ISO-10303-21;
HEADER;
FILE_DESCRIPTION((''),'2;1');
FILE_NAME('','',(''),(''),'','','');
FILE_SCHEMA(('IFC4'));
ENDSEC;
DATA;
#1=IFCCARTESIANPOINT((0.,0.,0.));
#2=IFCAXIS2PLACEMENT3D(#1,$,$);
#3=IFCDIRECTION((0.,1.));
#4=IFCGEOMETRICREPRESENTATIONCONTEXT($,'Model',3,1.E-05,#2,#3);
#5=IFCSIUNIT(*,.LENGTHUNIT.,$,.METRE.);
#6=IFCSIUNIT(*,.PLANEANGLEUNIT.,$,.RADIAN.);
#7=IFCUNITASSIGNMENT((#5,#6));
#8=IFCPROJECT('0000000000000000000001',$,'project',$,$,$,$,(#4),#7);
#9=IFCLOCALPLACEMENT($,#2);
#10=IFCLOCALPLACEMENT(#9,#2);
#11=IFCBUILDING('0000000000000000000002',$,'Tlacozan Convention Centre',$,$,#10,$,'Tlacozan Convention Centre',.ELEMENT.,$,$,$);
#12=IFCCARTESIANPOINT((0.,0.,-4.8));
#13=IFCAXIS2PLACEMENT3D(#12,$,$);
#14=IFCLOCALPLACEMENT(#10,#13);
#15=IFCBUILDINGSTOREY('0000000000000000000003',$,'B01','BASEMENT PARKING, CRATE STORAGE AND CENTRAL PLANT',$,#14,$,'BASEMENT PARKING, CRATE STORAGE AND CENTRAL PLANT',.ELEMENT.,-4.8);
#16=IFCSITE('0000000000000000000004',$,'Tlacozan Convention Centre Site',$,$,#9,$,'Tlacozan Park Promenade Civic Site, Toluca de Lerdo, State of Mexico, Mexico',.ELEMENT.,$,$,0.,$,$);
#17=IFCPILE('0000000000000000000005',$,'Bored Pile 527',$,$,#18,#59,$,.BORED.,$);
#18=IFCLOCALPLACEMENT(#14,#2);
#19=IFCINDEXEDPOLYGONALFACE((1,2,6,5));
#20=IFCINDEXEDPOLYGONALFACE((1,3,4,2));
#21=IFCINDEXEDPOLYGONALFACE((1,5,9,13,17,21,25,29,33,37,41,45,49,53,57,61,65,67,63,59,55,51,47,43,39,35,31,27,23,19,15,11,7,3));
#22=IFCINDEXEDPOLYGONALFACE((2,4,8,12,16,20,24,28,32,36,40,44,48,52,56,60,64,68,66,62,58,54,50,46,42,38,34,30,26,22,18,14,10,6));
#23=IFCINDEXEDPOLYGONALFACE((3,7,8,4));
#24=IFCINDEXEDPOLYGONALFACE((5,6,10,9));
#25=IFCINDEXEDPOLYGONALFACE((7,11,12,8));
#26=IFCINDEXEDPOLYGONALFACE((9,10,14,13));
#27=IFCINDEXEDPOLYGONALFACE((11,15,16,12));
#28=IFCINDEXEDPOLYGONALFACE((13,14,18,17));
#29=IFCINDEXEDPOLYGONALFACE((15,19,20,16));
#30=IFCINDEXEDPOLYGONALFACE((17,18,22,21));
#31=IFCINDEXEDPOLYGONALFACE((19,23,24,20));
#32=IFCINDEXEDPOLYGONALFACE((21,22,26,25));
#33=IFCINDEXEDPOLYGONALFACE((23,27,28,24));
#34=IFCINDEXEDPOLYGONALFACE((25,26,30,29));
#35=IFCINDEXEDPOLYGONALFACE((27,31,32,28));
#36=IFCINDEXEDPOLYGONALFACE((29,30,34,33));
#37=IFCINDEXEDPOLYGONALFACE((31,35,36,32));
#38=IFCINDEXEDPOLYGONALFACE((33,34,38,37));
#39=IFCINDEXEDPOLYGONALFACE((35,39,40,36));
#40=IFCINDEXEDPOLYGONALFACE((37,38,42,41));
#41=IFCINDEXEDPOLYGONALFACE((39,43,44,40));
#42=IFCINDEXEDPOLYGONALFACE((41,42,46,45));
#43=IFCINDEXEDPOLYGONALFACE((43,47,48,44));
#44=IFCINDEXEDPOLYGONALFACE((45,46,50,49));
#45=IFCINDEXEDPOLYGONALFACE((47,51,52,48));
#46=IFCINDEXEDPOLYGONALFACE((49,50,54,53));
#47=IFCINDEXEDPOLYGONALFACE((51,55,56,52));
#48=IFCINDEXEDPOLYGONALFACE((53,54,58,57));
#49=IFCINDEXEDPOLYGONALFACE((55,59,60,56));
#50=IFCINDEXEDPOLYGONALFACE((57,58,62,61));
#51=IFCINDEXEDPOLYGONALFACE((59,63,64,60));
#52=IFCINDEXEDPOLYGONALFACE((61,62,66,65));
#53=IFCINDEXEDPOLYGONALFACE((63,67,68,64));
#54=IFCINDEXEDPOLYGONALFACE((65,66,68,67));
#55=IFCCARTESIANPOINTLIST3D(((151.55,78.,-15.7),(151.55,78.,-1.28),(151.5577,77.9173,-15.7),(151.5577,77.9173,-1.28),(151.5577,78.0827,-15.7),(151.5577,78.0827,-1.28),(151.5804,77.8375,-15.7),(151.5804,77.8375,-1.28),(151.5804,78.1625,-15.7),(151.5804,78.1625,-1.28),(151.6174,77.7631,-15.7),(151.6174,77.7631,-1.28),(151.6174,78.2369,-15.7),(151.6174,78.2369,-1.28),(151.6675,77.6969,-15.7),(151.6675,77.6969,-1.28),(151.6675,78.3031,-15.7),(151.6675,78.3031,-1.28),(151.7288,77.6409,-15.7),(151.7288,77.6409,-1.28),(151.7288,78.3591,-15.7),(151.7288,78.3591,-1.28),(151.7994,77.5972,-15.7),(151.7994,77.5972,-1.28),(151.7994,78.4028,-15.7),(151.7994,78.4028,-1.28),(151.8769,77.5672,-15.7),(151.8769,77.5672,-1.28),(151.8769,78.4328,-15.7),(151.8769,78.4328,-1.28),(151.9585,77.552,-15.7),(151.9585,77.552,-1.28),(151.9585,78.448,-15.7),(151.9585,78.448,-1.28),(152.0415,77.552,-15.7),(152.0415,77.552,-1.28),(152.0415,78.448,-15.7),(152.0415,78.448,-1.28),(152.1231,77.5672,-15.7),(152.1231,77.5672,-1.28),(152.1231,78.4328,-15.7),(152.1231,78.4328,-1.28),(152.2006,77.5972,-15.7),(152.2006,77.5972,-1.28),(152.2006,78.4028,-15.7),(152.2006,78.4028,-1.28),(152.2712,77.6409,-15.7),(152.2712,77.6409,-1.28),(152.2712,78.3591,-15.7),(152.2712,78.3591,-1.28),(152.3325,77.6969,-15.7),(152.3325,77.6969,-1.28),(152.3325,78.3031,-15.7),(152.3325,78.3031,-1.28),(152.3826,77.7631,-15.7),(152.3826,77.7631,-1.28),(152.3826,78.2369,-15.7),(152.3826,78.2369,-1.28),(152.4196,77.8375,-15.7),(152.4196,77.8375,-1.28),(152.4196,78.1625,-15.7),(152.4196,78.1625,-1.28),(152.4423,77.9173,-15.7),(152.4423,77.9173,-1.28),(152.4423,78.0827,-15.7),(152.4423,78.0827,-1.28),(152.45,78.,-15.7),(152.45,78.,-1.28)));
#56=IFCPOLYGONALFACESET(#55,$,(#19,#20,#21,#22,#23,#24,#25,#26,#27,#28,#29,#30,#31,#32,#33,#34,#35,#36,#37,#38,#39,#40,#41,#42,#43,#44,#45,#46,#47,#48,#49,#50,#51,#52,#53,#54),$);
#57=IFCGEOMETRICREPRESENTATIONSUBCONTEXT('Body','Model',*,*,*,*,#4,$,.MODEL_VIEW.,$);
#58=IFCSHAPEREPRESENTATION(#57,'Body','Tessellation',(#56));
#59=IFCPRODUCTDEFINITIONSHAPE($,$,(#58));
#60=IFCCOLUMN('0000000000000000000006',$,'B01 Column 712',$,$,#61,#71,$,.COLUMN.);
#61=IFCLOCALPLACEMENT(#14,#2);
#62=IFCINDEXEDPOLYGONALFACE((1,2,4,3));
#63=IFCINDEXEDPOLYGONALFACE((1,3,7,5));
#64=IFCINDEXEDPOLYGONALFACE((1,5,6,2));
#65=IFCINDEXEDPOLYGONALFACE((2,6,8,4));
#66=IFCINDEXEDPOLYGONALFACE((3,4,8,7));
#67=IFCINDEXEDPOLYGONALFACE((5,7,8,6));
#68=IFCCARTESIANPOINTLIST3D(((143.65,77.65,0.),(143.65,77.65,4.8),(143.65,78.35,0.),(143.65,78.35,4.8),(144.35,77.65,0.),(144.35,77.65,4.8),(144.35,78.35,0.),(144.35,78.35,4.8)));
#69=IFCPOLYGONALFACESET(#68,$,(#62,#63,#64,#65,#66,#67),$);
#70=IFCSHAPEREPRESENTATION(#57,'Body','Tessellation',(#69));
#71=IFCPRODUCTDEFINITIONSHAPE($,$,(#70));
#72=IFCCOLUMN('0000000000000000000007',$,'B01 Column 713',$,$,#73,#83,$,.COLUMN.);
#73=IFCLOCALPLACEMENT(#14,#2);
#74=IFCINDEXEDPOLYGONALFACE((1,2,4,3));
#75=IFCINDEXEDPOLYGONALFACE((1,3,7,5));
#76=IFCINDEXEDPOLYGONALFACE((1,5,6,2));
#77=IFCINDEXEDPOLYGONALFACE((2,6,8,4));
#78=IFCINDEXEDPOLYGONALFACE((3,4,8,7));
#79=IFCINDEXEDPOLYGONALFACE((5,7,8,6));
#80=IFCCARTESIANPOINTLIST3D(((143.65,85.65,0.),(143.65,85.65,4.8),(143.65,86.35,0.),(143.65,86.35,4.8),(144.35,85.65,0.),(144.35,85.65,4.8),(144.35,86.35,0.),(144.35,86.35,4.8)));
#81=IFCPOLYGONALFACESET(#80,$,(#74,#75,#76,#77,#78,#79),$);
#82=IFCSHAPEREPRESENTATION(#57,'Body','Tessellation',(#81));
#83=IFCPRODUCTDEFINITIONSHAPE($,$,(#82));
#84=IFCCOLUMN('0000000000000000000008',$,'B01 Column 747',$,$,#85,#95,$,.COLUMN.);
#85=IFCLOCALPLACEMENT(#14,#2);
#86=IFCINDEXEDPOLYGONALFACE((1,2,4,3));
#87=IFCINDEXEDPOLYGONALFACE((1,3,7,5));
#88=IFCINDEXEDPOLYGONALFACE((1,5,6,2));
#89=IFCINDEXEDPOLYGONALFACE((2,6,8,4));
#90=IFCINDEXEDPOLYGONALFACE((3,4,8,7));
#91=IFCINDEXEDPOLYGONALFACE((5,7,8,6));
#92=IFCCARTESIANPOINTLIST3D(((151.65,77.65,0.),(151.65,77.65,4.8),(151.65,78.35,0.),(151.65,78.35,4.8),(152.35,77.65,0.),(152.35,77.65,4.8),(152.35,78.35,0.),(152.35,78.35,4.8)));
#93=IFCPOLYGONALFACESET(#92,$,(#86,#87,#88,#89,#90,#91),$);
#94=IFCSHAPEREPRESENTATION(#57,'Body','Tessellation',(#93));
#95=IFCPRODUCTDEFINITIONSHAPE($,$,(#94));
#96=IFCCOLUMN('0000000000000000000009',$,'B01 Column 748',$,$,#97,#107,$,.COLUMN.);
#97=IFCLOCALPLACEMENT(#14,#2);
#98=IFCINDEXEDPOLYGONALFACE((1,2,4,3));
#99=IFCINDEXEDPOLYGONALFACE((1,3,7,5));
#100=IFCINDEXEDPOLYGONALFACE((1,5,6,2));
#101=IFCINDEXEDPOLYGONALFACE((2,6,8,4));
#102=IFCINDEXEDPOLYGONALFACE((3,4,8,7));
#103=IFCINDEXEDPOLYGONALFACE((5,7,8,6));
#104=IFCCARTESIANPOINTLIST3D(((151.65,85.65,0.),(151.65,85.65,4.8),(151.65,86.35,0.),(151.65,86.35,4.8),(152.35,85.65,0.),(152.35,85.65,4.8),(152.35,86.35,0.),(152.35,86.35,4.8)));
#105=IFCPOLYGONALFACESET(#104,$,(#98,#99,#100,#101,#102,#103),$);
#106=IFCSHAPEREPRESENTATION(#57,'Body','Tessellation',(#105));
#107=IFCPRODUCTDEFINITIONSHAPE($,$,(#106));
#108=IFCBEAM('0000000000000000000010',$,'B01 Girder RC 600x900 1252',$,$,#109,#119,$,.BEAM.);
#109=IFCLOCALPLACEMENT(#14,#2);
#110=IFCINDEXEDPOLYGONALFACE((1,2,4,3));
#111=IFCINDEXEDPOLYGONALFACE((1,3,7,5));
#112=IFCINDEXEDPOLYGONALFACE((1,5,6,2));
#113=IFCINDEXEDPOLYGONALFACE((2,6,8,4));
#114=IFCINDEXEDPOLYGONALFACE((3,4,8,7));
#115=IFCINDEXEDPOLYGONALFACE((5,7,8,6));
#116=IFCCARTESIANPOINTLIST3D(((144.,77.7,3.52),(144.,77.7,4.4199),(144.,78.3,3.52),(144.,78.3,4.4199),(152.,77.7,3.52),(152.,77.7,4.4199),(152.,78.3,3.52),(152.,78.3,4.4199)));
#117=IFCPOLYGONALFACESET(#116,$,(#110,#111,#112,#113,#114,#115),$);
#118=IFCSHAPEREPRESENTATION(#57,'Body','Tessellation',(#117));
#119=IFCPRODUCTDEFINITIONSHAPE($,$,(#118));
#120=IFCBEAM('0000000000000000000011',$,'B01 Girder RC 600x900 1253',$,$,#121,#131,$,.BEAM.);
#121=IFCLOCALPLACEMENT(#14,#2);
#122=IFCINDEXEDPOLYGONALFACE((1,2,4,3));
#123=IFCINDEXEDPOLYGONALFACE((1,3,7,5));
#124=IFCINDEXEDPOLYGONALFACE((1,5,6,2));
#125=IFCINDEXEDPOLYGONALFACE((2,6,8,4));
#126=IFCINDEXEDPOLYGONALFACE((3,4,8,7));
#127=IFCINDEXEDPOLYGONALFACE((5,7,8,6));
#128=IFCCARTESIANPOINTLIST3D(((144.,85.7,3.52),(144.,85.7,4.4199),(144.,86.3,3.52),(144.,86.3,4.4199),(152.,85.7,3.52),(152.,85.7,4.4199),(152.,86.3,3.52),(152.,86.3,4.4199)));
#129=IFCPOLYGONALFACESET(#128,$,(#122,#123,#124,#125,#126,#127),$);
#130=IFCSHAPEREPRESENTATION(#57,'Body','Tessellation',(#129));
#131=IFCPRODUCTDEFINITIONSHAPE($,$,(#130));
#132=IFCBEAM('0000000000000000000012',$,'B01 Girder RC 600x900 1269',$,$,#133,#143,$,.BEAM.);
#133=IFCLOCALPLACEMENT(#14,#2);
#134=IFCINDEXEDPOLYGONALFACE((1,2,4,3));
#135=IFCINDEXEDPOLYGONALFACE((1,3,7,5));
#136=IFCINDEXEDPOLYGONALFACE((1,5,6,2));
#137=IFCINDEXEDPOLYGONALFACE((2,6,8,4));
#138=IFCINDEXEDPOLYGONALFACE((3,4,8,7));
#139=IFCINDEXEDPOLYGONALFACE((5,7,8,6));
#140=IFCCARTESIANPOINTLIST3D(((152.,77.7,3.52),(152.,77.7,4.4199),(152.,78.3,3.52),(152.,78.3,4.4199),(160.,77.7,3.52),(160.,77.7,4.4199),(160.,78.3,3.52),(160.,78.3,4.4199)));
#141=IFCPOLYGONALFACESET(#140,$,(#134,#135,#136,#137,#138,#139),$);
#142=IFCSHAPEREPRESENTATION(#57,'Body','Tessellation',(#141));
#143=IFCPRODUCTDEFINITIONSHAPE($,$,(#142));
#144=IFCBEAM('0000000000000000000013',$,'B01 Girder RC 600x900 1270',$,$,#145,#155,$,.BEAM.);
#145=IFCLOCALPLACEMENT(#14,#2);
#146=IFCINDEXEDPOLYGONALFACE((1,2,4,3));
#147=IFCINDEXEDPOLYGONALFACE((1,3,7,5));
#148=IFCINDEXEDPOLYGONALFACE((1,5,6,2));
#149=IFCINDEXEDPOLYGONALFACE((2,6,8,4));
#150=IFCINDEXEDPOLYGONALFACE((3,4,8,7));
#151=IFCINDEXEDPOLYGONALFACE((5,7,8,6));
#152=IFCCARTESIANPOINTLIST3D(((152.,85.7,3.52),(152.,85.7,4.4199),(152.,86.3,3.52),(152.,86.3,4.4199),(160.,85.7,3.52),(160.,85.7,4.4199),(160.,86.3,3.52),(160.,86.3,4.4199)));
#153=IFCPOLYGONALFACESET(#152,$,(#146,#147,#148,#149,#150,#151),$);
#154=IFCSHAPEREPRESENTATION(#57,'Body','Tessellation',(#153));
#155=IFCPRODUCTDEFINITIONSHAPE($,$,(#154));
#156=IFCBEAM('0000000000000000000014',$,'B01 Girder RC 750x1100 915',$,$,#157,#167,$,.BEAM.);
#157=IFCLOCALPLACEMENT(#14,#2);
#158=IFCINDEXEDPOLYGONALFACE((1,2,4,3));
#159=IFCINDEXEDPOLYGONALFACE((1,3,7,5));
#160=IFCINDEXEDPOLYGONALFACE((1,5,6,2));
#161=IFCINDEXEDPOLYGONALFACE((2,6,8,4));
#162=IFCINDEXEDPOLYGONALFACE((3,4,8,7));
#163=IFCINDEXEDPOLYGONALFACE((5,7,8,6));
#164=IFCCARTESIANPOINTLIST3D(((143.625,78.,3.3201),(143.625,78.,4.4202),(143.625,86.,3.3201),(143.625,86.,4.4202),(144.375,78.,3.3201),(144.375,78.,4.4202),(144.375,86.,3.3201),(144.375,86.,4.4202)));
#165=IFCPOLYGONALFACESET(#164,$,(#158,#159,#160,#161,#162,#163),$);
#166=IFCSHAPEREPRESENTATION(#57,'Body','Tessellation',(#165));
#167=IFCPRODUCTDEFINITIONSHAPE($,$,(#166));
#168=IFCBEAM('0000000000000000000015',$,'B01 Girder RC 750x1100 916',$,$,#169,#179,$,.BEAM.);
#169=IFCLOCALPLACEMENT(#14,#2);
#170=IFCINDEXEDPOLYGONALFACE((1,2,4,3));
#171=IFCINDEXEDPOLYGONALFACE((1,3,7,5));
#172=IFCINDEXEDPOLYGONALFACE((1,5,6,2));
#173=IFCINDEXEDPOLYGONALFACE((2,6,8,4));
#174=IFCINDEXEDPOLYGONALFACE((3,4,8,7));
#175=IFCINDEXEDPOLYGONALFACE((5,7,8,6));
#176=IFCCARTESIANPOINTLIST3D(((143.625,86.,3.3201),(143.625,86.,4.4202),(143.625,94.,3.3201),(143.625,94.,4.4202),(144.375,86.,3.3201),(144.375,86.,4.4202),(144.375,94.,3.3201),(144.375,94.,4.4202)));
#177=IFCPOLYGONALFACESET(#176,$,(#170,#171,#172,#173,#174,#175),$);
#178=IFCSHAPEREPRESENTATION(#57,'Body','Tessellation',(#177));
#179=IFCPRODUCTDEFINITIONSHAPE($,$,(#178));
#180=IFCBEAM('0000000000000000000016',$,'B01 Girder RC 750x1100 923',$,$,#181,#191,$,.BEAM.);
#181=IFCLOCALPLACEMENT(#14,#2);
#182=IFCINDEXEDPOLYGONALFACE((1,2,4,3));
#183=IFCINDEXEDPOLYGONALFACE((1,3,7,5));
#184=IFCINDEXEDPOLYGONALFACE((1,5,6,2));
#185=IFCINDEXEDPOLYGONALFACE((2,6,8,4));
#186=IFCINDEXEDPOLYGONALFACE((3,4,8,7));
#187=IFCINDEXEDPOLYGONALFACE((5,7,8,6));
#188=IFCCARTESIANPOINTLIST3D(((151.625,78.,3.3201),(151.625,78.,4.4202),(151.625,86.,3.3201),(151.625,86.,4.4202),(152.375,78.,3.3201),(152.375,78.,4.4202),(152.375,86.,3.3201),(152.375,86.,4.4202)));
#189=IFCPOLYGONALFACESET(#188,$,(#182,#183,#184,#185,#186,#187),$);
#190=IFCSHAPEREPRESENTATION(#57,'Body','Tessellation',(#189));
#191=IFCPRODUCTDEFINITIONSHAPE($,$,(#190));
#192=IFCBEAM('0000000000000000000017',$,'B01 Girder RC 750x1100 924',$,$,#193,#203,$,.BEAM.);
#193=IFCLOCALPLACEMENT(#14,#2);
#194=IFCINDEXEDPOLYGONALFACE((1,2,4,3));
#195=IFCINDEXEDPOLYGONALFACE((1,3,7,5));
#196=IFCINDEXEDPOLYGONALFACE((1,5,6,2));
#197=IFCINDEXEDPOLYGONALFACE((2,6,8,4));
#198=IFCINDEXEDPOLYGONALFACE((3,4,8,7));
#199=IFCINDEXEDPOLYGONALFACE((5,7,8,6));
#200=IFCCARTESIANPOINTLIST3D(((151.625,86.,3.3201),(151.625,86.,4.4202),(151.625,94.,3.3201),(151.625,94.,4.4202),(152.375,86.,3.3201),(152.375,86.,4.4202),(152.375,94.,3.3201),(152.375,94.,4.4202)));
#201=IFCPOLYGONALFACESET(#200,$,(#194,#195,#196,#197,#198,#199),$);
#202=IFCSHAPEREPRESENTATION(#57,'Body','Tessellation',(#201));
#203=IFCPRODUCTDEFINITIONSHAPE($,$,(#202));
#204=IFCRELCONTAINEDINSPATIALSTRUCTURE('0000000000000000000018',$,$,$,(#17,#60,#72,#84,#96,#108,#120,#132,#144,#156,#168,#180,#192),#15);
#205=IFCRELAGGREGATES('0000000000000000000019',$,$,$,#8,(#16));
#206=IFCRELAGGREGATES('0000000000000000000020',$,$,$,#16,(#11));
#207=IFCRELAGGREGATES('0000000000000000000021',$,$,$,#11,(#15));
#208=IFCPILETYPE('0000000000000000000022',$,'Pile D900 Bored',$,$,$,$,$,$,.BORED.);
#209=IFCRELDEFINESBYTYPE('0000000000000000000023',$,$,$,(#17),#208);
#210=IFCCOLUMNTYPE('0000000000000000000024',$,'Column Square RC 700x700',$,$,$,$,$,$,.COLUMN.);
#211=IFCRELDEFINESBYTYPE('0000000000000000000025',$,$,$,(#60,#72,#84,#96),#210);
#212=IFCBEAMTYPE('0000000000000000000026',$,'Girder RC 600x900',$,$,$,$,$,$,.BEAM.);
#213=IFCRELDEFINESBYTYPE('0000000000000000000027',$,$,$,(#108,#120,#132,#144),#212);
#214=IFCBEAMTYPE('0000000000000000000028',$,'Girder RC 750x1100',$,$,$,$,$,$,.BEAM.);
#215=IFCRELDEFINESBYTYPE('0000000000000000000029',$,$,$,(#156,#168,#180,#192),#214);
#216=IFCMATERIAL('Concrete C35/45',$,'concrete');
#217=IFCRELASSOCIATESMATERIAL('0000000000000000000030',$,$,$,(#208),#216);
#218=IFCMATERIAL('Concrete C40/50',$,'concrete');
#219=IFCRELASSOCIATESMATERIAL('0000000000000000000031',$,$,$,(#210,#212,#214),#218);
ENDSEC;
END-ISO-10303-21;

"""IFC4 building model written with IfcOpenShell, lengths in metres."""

from ifc_helpers import new_model, si_unit, direction, frame, origin, origin_2d, place, context, subcontext, project, spatial, rectangle, circle, extrude, material, material_profile, profile_set, type_object, element, save


model = new_model("IFC4")

# Units and contexts
model_context = context("Model", 3, precision=1e-05, world=origin(), true_north=direction((0.0, 1.0)))
body_context = subcontext(model_context, "Body", "Model", "MODEL_VIEW")
ifc_project = project(units=[si_unit("LENGTHUNIT", "METRE"), si_unit("PLANEANGLEUNIT", "RADIAN")], contexts=[model_context])

# Site, building, storey
site_placement = place(None, origin())
site = spatial("IfcSite", under=ifc_project, at=site_placement, Name="Tlacozan Convention Centre Site", LongName="Tlacozan Park Promenade Civic Site, Toluca de Lerdo, State of Mexico, Mexico", CompositionType="ELEMENT", RefElevation=0.0)
building_placement = place(site_placement, origin())
building = spatial("IfcBuilding", under=site, at=building_placement, Name="Tlacozan Convention Centre", LongName="Tlacozan Convention Centre", CompositionType="ELEMENT")
storey_placement = place(building_placement, frame((0.0, 0.0, -4.8)))
storey = spatial("IfcBuildingStorey", under=building, at=storey_placement, Name="B01", Description="BASEMENT PARKING, CRATE STORAGE AND CENTRAL PLANT", LongName="BASEMENT PARKING, CRATE STORAGE AND CENTRAL PLANT", CompositionType="ELEMENT", Elevation=-4.8)

# Shared definitions
ifc_material_1 = material(Name="Concrete C35/45", Category="concrete")

# Pile
ifc_material_profile_1 = material_profile(ifc_material_1, circle(Radius=0.45, at=origin_2d()), Name="PILE D900")
ifc_profile_set_1 = profile_set([ifc_material_profile_1], Name="Concrete C35/45")
pile_type_1 = type_object("IfcPileType", Name="Pile D900 Bored", PredefinedType="BORED", material=ifc_profile_set_1)
for number, where, z_axis, x_axis, name in (
    (1, (152.0, 78.0, -1.28), (0.0, 0.0, -1.0), (1.0, 0.0, 0.0), "Bored Pile 527"),
):
    element("IfcPile", number, at=place(storey_placement, frame(where, z_axis=z_axis, x_axis=x_axis)), inside=storey, type_object=pile_type_1, Name=name, PredefinedType="BORED", context=body_context, shape_type="SweptSolid", body=[
        extrude(circle(Radius=0.45, at=origin_2d()), origin(), (0.0, 0.0, 1.0), 14.4199),
    ])

# Columns
ifc_material_2 = material(Name="Concrete C40/50", Category="concrete")
ifc_material_profile_2 = material_profile(ifc_material_2, rectangle(XDim=0.7, YDim=0.7, at=origin_2d()), Name="RC 700x700")
ifc_profile_set_2 = profile_set([ifc_material_profile_2], Name="Concrete C40/50")
column_type = type_object("IfcColumnType", Name="Column Square RC 700x700", PredefinedType="COLUMN", material=ifc_profile_set_2)
for number, where, z_axis, x_axis, name in (
    (2, (144.0, 78.0, 0.0), (0.0, 0.0, 1.0), (1.0, 0.0, 0.0), "B01 Column 712"),
    (3, (144.0, 86.0, 0.0), (0.0, 0.0, 1.0), (1.0, 0.0, 0.0), "B01 Column 713"),
    (4, (152.0, 78.0, 0.0), (0.0, 0.0, 1.0), (1.0, 0.0, 0.0), "B01 Column 747"),
    (5, (152.0, 86.0, 0.0), (0.0, 0.0, 1.0), (1.0, 0.0, 0.0), "B01 Column 748"),
):
    element("IfcColumn", number, at=place(storey_placement, frame(where, z_axis=z_axis, x_axis=x_axis)), inside=storey, type_object=column_type, Name=name, PredefinedType="COLUMN", context=body_context, shape_type="SweptSolid", body=[
        extrude(rectangle(XDim=0.7, YDim=0.7, at=origin_2d()), origin(), (0.0, 0.0, 1.0), 4.8),
    ])

# Beams
ifc_material_profile_3 = material_profile(ifc_material_2, rectangle(XDim=0.6001, YDim=0.8999, at=origin_2d()), Name="RC 600x900")
ifc_profile_set_3 = profile_set([ifc_material_profile_3], Name="Concrete C40/50")
beam_type_1 = type_object("IfcBeamType", Name="Girder RC 600x900", PredefinedType="BEAM", material=ifc_profile_set_3)
for number, where, z_axis, x_axis, name in (
    (6, (144.0, 78.0, 3.97), (1.0, 0.0, 0.0), (0.0, 1.0, 0.0), "B01 Girder RC 600x900 1252"),
    (7, (144.0, 86.0, 3.97), (1.0, 0.0, 0.0), (0.0, 1.0, 0.0), "B01 Girder RC 600x900 1253"),
    (8, (152.0, 78.0, 3.97), (1.0, 0.0, 0.0), (0.0, 1.0, 0.0), "B01 Girder RC 600x900 1269"),
    (9, (152.0, 86.0, 3.97), (1.0, 0.0, 0.0), (0.0, 1.0, 0.0), "B01 Girder RC 600x900 1270"),
):
    element("IfcBeam", number, at=place(storey_placement, frame(where, z_axis=z_axis, x_axis=x_axis)), inside=storey, type_object=beam_type_1, Name=name, PredefinedType="BEAM", context=body_context, shape_type="SweptSolid", body=[
        extrude(rectangle(XDim=0.6001, YDim=0.8999, at=origin_2d()), origin(), (0.0, 0.0, 1.0), 8.0),
    ])
ifc_material_profile_4 = material_profile(ifc_material_2, rectangle(XDim=0.75, YDim=1.1001, at=origin_2d()), Name="RC 750x1100")
ifc_profile_set_4 = profile_set([ifc_material_profile_4], Name="Concrete C40/50")
beam_type_2 = type_object("IfcBeamType", Name="Girder RC 750x1100", PredefinedType="BEAM", material=ifc_profile_set_4)
for number, where, z_axis, x_axis, name in (
    (10, (144.0, 78.0, 3.8701), (0.0, 1.0, 0.0), (-1.0, 0.0, 0.0), "B01 Girder RC 750x1100 915"),
    (11, (144.0, 86.0, 3.8701), (0.0, 1.0, 0.0), (-1.0, 0.0, 0.0), "B01 Girder RC 750x1100 916"),
    (12, (152.0, 78.0, 3.8701), (0.0, 1.0, 0.0), (-1.0, 0.0, 0.0), "B01 Girder RC 750x1100 923"),
    (13, (152.0, 86.0, 3.8701), (0.0, 1.0, 0.0), (-1.0, 0.0, 0.0), "B01 Girder RC 750x1100 924"),
):
    element("IfcBeam", number, at=place(storey_placement, frame(where, z_axis=z_axis, x_axis=x_axis)), inside=storey, type_object=beam_type_2, Name=name, PredefinedType="BEAM", context=body_context, shape_type="SweptSolid", body=[
        extrude(rectangle(XDim=0.75, YDim=1.1001, at=origin_2d()), origin(), (0.0, 0.0, 1.0), 8.0),
    ])

save(model, "model.ifc")
